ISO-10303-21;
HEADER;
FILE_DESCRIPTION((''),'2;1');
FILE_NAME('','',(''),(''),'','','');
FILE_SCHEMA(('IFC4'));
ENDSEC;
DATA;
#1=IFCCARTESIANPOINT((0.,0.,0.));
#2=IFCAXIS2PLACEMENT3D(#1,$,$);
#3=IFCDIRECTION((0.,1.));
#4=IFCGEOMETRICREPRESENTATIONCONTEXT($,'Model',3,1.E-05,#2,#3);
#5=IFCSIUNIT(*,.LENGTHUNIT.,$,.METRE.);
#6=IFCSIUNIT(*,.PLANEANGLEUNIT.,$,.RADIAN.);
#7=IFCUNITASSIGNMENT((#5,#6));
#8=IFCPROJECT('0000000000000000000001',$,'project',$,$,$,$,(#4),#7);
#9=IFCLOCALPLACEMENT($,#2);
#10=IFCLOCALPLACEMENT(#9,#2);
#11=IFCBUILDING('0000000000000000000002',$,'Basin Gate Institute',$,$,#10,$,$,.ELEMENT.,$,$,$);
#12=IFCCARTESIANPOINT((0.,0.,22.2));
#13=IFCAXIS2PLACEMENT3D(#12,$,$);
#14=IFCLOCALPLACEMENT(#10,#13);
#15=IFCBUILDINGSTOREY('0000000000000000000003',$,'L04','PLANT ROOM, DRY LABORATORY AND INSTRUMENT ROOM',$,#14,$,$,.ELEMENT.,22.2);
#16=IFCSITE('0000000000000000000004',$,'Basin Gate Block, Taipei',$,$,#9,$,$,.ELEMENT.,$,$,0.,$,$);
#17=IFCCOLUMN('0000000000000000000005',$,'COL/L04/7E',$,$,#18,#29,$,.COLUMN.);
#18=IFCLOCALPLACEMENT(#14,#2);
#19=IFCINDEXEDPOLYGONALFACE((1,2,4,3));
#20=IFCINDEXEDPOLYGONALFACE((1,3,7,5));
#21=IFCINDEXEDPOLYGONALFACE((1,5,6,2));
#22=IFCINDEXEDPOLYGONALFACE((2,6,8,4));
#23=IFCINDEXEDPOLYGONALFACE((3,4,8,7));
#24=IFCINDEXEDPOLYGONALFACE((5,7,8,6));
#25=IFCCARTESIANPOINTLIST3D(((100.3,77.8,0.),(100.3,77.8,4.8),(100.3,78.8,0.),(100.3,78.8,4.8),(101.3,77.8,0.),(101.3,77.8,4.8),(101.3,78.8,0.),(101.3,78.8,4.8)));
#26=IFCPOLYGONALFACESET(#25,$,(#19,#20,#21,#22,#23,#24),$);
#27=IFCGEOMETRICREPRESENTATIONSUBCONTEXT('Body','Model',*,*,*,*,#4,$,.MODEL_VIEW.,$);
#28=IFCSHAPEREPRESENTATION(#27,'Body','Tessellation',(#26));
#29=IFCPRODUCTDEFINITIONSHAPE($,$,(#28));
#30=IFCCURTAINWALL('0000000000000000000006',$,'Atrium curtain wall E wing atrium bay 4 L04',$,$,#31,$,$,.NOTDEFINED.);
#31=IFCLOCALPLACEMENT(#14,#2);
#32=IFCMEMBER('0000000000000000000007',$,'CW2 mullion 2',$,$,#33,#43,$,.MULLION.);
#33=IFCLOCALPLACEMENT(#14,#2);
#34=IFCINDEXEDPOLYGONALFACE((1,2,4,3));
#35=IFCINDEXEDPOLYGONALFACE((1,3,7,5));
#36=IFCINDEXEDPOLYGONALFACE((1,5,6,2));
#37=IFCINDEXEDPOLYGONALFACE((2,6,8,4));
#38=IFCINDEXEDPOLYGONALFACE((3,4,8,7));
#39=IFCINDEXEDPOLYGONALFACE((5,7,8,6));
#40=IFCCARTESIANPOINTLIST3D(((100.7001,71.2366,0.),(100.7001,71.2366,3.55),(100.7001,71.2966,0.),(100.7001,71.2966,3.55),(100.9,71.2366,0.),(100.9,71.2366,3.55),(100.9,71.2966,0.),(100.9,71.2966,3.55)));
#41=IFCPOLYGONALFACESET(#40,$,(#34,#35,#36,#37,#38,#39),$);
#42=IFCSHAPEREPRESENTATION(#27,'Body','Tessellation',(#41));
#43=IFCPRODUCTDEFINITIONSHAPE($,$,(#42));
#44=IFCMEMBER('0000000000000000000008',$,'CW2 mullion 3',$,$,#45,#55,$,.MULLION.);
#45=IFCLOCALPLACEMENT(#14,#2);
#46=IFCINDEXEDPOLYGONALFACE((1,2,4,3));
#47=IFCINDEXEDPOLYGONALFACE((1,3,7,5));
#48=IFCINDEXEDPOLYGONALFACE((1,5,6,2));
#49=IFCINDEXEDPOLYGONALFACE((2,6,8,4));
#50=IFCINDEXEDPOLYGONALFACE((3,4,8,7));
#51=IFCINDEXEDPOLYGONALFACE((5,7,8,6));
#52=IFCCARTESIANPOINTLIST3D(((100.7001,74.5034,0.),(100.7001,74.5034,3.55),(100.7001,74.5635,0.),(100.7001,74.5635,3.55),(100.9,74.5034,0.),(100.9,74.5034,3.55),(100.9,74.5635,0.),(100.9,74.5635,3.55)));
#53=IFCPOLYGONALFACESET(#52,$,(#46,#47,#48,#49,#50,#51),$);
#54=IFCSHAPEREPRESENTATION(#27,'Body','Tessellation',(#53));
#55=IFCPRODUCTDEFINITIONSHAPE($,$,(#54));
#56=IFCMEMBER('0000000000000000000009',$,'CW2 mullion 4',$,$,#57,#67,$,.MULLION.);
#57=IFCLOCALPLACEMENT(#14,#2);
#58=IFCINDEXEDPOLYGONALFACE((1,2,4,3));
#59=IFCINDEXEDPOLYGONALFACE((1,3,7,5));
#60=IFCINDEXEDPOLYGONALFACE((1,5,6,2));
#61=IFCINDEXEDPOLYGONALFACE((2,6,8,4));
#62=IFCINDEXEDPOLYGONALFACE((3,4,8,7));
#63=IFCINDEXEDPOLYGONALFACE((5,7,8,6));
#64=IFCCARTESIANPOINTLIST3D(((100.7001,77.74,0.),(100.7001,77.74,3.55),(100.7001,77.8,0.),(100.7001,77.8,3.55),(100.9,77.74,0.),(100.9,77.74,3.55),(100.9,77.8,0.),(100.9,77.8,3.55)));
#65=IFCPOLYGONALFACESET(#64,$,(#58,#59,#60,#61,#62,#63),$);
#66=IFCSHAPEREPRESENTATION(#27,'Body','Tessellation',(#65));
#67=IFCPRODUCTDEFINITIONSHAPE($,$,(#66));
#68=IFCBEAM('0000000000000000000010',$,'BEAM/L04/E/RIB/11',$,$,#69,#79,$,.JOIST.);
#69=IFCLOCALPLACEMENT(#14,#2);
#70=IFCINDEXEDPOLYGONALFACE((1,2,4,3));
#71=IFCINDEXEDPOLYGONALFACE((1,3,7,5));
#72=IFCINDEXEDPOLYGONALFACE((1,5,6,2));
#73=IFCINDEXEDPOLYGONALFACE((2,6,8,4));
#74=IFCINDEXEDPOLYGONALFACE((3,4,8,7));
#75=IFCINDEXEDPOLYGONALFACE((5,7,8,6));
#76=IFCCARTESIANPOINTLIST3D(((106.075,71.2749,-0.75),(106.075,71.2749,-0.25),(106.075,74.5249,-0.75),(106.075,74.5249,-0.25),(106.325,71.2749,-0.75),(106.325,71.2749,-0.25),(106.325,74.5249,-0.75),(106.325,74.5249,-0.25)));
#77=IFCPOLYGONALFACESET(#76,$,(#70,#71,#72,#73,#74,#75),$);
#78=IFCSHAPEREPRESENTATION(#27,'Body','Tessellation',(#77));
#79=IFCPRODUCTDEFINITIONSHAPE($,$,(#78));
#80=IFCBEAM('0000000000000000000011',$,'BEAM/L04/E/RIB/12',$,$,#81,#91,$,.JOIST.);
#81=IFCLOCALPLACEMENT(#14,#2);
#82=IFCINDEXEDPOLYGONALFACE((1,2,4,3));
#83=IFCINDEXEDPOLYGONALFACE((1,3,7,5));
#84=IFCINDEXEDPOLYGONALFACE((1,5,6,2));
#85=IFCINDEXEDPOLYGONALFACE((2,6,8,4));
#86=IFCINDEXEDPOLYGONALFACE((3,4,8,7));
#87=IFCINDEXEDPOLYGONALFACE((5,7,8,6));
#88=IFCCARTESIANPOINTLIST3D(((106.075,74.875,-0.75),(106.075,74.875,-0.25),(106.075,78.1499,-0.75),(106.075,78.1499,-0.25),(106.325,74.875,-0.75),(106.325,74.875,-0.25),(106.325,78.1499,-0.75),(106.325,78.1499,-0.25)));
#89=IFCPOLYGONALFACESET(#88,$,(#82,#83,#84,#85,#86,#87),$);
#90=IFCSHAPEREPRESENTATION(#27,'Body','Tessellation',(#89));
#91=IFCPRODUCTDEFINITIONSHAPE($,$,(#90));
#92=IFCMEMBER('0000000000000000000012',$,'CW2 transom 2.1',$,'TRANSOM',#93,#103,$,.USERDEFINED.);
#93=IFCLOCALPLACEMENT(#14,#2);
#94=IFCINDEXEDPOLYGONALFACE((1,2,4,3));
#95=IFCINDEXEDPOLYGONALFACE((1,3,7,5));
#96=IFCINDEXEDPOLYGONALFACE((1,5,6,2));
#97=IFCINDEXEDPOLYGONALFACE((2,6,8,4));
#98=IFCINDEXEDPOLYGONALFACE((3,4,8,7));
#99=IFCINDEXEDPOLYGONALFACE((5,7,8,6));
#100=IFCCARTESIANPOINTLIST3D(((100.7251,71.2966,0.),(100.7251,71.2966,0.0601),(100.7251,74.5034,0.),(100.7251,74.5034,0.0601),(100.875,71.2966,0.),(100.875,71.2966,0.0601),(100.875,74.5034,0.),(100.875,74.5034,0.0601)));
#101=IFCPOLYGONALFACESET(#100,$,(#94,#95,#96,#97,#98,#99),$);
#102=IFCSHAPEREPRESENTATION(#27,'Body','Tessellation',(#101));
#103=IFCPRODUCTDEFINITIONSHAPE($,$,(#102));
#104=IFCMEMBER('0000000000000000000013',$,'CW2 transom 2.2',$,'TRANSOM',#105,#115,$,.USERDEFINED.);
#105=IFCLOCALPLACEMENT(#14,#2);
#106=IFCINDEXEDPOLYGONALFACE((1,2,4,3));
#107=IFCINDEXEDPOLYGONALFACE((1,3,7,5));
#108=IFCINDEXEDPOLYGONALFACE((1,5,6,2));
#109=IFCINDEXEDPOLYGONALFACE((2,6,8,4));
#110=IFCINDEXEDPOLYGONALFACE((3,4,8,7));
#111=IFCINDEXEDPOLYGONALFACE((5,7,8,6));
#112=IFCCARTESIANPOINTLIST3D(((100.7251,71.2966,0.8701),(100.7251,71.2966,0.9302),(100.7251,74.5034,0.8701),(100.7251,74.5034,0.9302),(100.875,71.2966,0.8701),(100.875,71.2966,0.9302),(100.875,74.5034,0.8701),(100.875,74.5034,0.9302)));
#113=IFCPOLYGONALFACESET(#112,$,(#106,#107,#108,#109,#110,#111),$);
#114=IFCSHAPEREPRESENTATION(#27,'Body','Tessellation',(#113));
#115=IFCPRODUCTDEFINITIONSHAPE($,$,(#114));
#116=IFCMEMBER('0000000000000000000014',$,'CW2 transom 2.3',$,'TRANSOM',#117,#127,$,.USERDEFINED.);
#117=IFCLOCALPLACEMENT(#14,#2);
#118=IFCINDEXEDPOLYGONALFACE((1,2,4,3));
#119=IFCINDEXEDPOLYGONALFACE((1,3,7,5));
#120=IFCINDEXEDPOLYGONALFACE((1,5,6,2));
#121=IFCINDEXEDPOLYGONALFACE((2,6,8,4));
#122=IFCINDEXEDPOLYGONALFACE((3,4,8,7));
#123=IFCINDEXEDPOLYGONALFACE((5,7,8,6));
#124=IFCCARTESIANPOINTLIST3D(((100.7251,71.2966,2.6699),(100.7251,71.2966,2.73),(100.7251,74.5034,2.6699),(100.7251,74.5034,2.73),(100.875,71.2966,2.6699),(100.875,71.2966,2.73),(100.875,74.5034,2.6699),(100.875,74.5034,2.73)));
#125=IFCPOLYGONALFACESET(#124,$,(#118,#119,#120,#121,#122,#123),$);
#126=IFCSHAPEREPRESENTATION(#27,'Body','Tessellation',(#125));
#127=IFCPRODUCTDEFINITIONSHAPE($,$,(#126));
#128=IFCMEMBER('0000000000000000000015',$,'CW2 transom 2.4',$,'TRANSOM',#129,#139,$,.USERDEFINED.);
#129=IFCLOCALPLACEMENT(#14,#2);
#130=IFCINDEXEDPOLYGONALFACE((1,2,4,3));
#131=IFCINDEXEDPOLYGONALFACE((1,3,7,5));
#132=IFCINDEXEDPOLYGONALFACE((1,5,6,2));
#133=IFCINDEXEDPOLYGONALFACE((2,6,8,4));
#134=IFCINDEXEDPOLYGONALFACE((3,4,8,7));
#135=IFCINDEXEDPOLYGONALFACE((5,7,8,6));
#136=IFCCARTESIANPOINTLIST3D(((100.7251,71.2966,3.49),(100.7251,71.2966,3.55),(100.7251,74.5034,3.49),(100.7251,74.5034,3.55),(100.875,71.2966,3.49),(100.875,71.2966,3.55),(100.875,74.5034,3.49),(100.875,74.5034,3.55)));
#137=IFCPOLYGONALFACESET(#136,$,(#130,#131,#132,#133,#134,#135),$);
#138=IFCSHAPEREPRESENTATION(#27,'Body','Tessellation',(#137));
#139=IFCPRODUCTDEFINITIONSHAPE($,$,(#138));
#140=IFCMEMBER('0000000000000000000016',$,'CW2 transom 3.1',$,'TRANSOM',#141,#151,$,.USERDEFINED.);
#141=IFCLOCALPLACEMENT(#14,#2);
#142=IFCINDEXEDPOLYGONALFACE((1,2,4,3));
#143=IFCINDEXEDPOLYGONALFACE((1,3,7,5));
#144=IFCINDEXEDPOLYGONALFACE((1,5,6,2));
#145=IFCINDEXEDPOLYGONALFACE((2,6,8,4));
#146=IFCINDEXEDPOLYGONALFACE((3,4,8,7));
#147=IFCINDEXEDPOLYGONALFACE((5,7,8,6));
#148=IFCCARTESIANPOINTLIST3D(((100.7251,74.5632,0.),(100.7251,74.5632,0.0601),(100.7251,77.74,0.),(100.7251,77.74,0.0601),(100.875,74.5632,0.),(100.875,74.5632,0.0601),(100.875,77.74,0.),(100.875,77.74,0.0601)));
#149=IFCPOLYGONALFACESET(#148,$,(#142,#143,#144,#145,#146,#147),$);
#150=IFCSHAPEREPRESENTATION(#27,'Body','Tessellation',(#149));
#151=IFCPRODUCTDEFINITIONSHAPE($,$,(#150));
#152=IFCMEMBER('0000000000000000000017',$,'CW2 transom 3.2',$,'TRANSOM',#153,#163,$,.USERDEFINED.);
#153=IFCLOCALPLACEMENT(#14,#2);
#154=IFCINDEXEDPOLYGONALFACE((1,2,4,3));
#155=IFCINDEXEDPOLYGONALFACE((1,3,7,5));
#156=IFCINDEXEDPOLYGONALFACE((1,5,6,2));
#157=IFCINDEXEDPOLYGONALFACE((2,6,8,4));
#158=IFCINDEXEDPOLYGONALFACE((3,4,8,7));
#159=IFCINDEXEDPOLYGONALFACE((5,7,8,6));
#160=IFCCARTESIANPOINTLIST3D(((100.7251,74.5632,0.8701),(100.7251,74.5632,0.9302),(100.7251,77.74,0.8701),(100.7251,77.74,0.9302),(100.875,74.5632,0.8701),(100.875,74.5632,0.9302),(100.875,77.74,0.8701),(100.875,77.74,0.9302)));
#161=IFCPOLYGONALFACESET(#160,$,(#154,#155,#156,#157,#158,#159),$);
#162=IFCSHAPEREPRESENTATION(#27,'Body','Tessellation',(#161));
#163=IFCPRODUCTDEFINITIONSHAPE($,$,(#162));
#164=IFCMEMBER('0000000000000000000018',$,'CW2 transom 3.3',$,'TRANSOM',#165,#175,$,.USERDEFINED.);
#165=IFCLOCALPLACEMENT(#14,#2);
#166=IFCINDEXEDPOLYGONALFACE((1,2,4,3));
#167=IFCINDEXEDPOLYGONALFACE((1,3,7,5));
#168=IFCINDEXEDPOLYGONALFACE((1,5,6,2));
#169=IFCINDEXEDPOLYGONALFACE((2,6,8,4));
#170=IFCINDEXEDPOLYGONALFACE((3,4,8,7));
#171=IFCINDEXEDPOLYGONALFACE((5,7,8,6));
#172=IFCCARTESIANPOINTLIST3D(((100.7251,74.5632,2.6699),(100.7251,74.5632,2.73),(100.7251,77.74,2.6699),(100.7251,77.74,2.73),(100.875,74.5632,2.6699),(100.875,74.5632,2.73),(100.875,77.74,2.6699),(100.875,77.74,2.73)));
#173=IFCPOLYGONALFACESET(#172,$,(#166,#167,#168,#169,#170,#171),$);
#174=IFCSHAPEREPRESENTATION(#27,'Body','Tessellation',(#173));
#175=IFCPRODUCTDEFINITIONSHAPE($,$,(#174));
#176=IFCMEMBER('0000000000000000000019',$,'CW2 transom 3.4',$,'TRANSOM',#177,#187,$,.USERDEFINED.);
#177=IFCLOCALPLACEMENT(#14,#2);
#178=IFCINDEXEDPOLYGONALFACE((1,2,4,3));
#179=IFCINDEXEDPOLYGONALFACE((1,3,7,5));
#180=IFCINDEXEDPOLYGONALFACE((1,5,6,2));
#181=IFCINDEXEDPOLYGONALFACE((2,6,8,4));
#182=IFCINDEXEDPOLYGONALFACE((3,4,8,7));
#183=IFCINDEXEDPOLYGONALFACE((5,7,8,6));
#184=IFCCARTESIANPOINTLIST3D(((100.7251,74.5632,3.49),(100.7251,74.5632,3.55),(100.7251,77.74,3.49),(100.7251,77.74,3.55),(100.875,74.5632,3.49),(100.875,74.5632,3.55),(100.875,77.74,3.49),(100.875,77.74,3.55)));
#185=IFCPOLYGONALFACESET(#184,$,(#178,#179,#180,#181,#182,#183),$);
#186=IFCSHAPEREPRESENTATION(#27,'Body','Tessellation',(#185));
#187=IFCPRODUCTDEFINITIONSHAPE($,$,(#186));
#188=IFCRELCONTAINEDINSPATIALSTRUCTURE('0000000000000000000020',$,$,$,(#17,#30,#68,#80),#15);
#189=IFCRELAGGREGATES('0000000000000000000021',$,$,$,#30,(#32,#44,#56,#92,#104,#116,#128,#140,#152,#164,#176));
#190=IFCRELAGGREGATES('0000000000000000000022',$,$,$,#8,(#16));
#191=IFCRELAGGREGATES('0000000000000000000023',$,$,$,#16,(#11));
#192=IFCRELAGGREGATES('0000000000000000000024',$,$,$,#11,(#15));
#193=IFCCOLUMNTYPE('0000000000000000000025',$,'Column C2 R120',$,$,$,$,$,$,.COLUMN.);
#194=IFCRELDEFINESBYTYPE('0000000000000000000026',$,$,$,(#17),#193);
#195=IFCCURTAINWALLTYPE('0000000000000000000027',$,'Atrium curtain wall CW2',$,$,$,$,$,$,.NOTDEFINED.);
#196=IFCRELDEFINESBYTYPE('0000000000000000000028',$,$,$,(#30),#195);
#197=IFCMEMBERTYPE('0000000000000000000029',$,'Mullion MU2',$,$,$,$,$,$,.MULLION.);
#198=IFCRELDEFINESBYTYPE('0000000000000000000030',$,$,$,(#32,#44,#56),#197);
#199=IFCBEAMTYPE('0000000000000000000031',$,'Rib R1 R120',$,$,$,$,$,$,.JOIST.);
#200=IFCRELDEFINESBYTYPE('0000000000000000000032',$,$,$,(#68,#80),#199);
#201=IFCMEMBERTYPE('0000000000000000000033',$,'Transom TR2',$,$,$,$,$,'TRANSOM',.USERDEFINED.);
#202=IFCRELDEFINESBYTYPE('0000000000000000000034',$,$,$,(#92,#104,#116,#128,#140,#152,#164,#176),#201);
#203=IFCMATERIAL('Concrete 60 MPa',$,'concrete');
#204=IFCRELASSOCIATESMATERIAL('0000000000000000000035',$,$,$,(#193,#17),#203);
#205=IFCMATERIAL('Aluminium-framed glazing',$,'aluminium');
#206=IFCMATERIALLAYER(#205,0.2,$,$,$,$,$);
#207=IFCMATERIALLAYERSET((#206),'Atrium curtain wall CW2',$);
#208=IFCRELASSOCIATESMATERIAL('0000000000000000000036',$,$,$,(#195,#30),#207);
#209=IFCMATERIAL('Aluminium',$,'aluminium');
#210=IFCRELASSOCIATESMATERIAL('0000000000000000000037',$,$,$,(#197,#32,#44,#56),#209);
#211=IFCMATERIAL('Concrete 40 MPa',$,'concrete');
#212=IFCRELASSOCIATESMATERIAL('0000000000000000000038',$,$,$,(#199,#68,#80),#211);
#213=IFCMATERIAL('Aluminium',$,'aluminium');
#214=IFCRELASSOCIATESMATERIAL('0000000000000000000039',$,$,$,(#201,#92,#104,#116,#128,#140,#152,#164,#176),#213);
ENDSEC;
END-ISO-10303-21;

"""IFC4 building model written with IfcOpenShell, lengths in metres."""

from ifc_helpers import new_model, si_unit, direction, frame, origin, origin_2d, place, context, subcontext, project, spatial, rectangle, extrude, material, layer, layer_set, material_profile, profile_set, type_object, element, aggregate, save


model = new_model("IFC4")

# Units and contexts
model_context = context("Model", 3, precision=1e-05, world=origin(), true_north=direction((0.0, 1.0)))
body_context = subcontext(model_context, "Body", "Model", "MODEL_VIEW")
ifc_project = project(units=[si_unit("LENGTHUNIT", "METRE"), si_unit("PLANEANGLEUNIT", "RADIAN")], contexts=[model_context])

# Site, building, storey
site_placement = place(None, origin())
site = spatial("IfcSite", under=ifc_project, at=site_placement, Name="Basin Gate Block, Taipei", CompositionType="ELEMENT", RefElevation=0.0)
building_placement = place(site_placement, origin())
building = spatial("IfcBuilding", under=site, at=building_placement, Name="Basin Gate Institute", CompositionType="ELEMENT")
storey_placement = place(building_placement, frame((0.0, 0.0, 22.2)))
storey = spatial("IfcBuildingStorey", under=building, at=storey_placement, Name="L04", Description="PLANT ROOM, DRY LABORATORY AND INSTRUMENT ROOM", CompositionType="ELEMENT", Elevation=22.2)

# Column
ifc_material_1 = material(Name="Concrete 60 MPa", Category="concrete")
ifc_material_profile_1 = material_profile(ifc_material_1, rectangle(XDim=1.0, YDim=1.0, at=origin_2d()), Name="Column C2 1000 x 1000")
ifc_profile_set_1 = profile_set([ifc_material_profile_1], Name="Concrete 60 MPa")
column_type = type_object("IfcColumnType", Name="Column C2 R120", PredefinedType="COLUMN", material=ifc_profile_set_1)
column_placement = place(storey_placement, frame((100.8, 78.3, 0.0), z_axis=(0.0, 0.0, 1.0), x_axis=(1.0, 0.0, 0.0)))
element("IfcColumn", 1, at=column_placement, inside=storey, type_object=column_type, material=ifc_profile_set_1, Name="COL/L04/7E", PredefinedType="COLUMN", context=body_context, shape_type="SweptSolid", body=[
    extrude(rectangle(XDim=1.0, YDim=1.0, at=origin_2d()), origin(), (0.0, 0.0, 1.0), 4.8),
])

# Curtain wall, members
ifc_material_2 = material(Name="Aluminium-framed glazing", Category="aluminium")
ifc_layer_1 = layer(ifc_material_2, 0.2)
ifc_layer_set_1 = layer_set([ifc_layer_1], Name="Atrium curtain wall CW2")
curtain_wall_type = type_object("IfcCurtainWallType", Name="Atrium curtain wall CW2", PredefinedType="NOTDEFINED", material=ifc_layer_set_1)
curtain_wall_placement = place(storey_placement, origin())
curtain_wall = element("IfcCurtainWall", 2, at=curtain_wall_placement, inside=storey, type_object=curtain_wall_type, material=ifc_layer_set_1, Name="Atrium curtain wall E wing atrium bay 4 L04", PredefinedType="NOTDEFINED")
ifc_material_3 = material(Name="Aluminium", Category="aluminium")
ifc_material_profile_2 = material_profile(ifc_material_3, rectangle(XDim=0.2, YDim=0.0601, at=origin_2d()), Name="Mullion MU2 200 x 60")
ifc_profile_set_2 = profile_set([ifc_material_profile_2], Name="Aluminium")
member_type_1 = type_object("IfcMemberType", Name="Mullion MU2", PredefinedType="MULLION", material=ifc_profile_set_2)
member_1_placement = place(storey_placement, frame((100.8, 71.2666, 0.0), z_axis=(0.0, 0.0, 1.0), x_axis=(-1.0, 0.0, 0.0)))
member_1 = element("IfcMember", 3, at=member_1_placement, type_object=member_type_1, material=ifc_profile_set_2, Name="CW2 mullion 2", PredefinedType="MULLION", context=body_context, shape_type="SweptSolid", body=[
    extrude(rectangle(XDim=0.2, YDim=0.0601, at=origin_2d()), origin(), (0.0, 0.0, 1.0), 3.55),
])
member_2_placement = place(storey_placement, frame((100.8, 74.5334, 0.0), z_axis=(0.0, 0.0, 1.0), x_axis=(-1.0, 0.0, 0.0)))
member_2 = element("IfcMember", 4, at=member_2_placement, type_object=member_type_1, material=ifc_profile_set_2, Name="CW2 mullion 3", PredefinedType="MULLION", context=body_context, shape_type="SweptSolid", body=[
    extrude(rectangle(XDim=0.2, YDim=0.0601, at=origin_2d()), origin(), (0.0, 0.0, 1.0), 3.55),
])
member_3_placement = place(storey_placement, frame((100.8, 77.77, 0.0), z_axis=(0.0, 0.0, 1.0), x_axis=(-1.0, 0.0, 0.0)))
member_3 = element("IfcMember", 5, at=member_3_placement, type_object=member_type_1, material=ifc_profile_set_2, Name="CW2 mullion 4", PredefinedType="MULLION", context=body_context, shape_type="SweptSolid", body=[
    extrude(rectangle(XDim=0.2, YDim=0.0601, at=origin_2d()), origin(), (0.0, 0.0, 1.0), 3.55),
])

# Beams
ifc_material_4 = material(Name="Concrete 40 MPa", Category="concrete")
ifc_material_profile_3 = material_profile(ifc_material_4, rectangle(XDim=0.25, YDim=0.5, at=origin_2d()), Name="Rib R1 250 x 500")
ifc_profile_set_3 = profile_set([ifc_material_profile_3], Name="Concrete 40 MPa")
beam_type = type_object("IfcBeamType", Name="Rib R1 R120", PredefinedType="JOIST", material=ifc_profile_set_3)
beam_1_placement = place(storey_placement, frame((106.2, 71.2749, -0.5), z_axis=(0.0, 1.0, 0.0), x_axis=(-1.0, 0.0, 0.0)))
element("IfcBeam", 6, at=beam_1_placement, inside=storey, type_object=beam_type, material=ifc_profile_set_3, Name="BEAM/L04/E/RIB/11", PredefinedType="JOIST", context=body_context, shape_type="SweptSolid", body=[
    extrude(rectangle(XDim=0.25, YDim=0.5, at=origin_2d()), origin(), (0.0, 0.0, 1.0), 3.25),
])
beam_2_placement = place(storey_placement, frame((106.2, 74.875, -0.5), z_axis=(0.0, 1.0, 0.0), x_axis=(-1.0, 0.0, 0.0)))
element("IfcBeam", 7, at=beam_2_placement, inside=storey, type_object=beam_type, material=ifc_profile_set_3, Name="BEAM/L04/E/RIB/12", PredefinedType="JOIST", context=body_context, shape_type="SweptSolid", body=[
    extrude(rectangle(XDim=0.25, YDim=0.5, at=origin_2d()), origin(), (0.0, 0.0, 1.0), 3.2749),
])

# Members
ifc_material_5 = material(Name="Aluminium", Category="aluminium")
ifc_material_profile_4 = material_profile(ifc_material_5, rectangle(XDim=0.1499, YDim=0.0601, at=origin_2d()), Name="Transom TR2 150 x 60")
ifc_profile_set_4 = profile_set([ifc_material_profile_4], Name="Aluminium")
member_type_2 = type_object("IfcMemberType", Name="Transom TR2", ElementType="TRANSOM", PredefinedType="USERDEFINED", material=ifc_profile_set_4)
member_4_placement = place(storey_placement, frame((100.8, 71.2966, 0.03), z_axis=(0.0, 1.0, 0.0), x_axis=(-1.0, 0.0, 0.0)))
member_4 = element("IfcMember", 8, at=member_4_placement, type_object=member_type_2, material=ifc_profile_set_4, Name="CW2 transom 2.1", ObjectType="TRANSOM", PredefinedType="USERDEFINED", context=body_context, shape_type="SweptSolid", body=[
    extrude(rectangle(XDim=0.1499, YDim=0.0601, at=origin_2d()), origin(), (0.0, 0.0, 1.0), 3.2068),
])
member_5_placement = place(storey_placement, frame((100.8, 71.2966, 0.9001), z_axis=(0.0, 1.0, 0.0), x_axis=(-1.0, 0.0, 0.0)))
member_5 = element("IfcMember", 9, at=member_5_placement, type_object=member_type_2, material=ifc_profile_set_4, Name="CW2 transom 2.2", ObjectType="TRANSOM", PredefinedType="USERDEFINED", context=body_context, shape_type="SweptSolid", body=[
    extrude(rectangle(XDim=0.1499, YDim=0.0601, at=origin_2d()), origin(), (0.0, 0.0, 1.0), 3.2068),
])
member_6_placement = place(storey_placement, frame((100.8, 71.2966, 2.7), z_axis=(0.0, 1.0, 0.0), x_axis=(-1.0, 0.0, 0.0)))
member_6 = element("IfcMember", 10, at=member_6_placement, type_object=member_type_2, material=ifc_profile_set_4, Name="CW2 transom 2.3", ObjectType="TRANSOM", PredefinedType="USERDEFINED", context=body_context, shape_type="SweptSolid", body=[
    extrude(rectangle(XDim=0.1499, YDim=0.0601, at=origin_2d()), origin(), (0.0, 0.0, 1.0), 3.2068),
])
member_7_placement = place(storey_placement, frame((100.8, 71.2966, 3.52), z_axis=(0.0, 1.0, 0.0), x_axis=(-1.0, 0.0, 0.0)))
member_7 = element("IfcMember", 11, at=member_7_placement, type_object=member_type_2, material=ifc_profile_set_4, Name="CW2 transom 2.4", ObjectType="TRANSOM", PredefinedType="USERDEFINED", context=body_context, shape_type="SweptSolid", body=[
    extrude(rectangle(XDim=0.1499, YDim=0.0601, at=origin_2d()), origin(), (0.0, 0.0, 1.0), 3.2068),
])
member_8_placement = place(storey_placement, frame((100.8, 74.5632, 0.03), z_axis=(0.0, 1.0, 0.0), x_axis=(-1.0, 0.0, 0.0)))
member_8 = element("IfcMember", 12, at=member_8_placement, type_object=member_type_2, material=ifc_profile_set_4, Name="CW2 transom 3.1", ObjectType="TRANSOM", PredefinedType="USERDEFINED", context=body_context, shape_type="SweptSolid", body=[
    extrude(rectangle(XDim=0.1499, YDim=0.0601, at=origin_2d()), origin(), (0.0, 0.0, 1.0), 3.1768),
])
member_9_placement = place(storey_placement, frame((100.8, 74.5632, 0.9001), z_axis=(0.0, 1.0, 0.0), x_axis=(-1.0, 0.0, 0.0)))
member_9 = element("IfcMember", 13, at=member_9_placement, type_object=member_type_2, material=ifc_profile_set_4, Name="CW2 transom 3.2", ObjectType="TRANSOM", PredefinedType="USERDEFINED", context=body_context, shape_type="SweptSolid", body=[
    extrude(rectangle(XDim=0.1499, YDim=0.0601, at=origin_2d()), origin(), (0.0, 0.0, 1.0), 3.1768),
])
member_10_placement = place(storey_placement, frame((100.8, 74.5632, 2.7), z_axis=(0.0, 1.0, 0.0), x_axis=(-1.0, 0.0, 0.0)))
member_10 = element("IfcMember", 14, at=member_10_placement, type_object=member_type_2, material=ifc_profile_set_4, Name="CW2 transom 3.3", ObjectType="TRANSOM", PredefinedType="USERDEFINED", context=body_context, shape_type="SweptSolid", body=[
    extrude(rectangle(XDim=0.1499, YDim=0.0601, at=origin_2d()), origin(), (0.0, 0.0, 1.0), 3.1768),
])
member_11_placement = place(storey_placement, frame((100.8, 74.5632, 3.52), z_axis=(0.0, 1.0, 0.0), x_axis=(-1.0, 0.0, 0.0)))
member_11 = element("IfcMember", 15, at=member_11_placement, type_object=member_type_2, material=ifc_profile_set_4, Name="CW2 transom 3.4", ObjectType="TRANSOM", PredefinedType="USERDEFINED", context=body_context, shape_type="SweptSolid", body=[
    extrude(rectangle(XDim=0.1499, YDim=0.0601, at=origin_2d()), origin(), (0.0, 0.0, 1.0), 3.1768),
])

aggregate(curtain_wall, [member_1, member_2, member_3, member_4, member_5, member_6, member_7, member_8, member_9, member_10, member_11])

save(model, "model.ifc")
